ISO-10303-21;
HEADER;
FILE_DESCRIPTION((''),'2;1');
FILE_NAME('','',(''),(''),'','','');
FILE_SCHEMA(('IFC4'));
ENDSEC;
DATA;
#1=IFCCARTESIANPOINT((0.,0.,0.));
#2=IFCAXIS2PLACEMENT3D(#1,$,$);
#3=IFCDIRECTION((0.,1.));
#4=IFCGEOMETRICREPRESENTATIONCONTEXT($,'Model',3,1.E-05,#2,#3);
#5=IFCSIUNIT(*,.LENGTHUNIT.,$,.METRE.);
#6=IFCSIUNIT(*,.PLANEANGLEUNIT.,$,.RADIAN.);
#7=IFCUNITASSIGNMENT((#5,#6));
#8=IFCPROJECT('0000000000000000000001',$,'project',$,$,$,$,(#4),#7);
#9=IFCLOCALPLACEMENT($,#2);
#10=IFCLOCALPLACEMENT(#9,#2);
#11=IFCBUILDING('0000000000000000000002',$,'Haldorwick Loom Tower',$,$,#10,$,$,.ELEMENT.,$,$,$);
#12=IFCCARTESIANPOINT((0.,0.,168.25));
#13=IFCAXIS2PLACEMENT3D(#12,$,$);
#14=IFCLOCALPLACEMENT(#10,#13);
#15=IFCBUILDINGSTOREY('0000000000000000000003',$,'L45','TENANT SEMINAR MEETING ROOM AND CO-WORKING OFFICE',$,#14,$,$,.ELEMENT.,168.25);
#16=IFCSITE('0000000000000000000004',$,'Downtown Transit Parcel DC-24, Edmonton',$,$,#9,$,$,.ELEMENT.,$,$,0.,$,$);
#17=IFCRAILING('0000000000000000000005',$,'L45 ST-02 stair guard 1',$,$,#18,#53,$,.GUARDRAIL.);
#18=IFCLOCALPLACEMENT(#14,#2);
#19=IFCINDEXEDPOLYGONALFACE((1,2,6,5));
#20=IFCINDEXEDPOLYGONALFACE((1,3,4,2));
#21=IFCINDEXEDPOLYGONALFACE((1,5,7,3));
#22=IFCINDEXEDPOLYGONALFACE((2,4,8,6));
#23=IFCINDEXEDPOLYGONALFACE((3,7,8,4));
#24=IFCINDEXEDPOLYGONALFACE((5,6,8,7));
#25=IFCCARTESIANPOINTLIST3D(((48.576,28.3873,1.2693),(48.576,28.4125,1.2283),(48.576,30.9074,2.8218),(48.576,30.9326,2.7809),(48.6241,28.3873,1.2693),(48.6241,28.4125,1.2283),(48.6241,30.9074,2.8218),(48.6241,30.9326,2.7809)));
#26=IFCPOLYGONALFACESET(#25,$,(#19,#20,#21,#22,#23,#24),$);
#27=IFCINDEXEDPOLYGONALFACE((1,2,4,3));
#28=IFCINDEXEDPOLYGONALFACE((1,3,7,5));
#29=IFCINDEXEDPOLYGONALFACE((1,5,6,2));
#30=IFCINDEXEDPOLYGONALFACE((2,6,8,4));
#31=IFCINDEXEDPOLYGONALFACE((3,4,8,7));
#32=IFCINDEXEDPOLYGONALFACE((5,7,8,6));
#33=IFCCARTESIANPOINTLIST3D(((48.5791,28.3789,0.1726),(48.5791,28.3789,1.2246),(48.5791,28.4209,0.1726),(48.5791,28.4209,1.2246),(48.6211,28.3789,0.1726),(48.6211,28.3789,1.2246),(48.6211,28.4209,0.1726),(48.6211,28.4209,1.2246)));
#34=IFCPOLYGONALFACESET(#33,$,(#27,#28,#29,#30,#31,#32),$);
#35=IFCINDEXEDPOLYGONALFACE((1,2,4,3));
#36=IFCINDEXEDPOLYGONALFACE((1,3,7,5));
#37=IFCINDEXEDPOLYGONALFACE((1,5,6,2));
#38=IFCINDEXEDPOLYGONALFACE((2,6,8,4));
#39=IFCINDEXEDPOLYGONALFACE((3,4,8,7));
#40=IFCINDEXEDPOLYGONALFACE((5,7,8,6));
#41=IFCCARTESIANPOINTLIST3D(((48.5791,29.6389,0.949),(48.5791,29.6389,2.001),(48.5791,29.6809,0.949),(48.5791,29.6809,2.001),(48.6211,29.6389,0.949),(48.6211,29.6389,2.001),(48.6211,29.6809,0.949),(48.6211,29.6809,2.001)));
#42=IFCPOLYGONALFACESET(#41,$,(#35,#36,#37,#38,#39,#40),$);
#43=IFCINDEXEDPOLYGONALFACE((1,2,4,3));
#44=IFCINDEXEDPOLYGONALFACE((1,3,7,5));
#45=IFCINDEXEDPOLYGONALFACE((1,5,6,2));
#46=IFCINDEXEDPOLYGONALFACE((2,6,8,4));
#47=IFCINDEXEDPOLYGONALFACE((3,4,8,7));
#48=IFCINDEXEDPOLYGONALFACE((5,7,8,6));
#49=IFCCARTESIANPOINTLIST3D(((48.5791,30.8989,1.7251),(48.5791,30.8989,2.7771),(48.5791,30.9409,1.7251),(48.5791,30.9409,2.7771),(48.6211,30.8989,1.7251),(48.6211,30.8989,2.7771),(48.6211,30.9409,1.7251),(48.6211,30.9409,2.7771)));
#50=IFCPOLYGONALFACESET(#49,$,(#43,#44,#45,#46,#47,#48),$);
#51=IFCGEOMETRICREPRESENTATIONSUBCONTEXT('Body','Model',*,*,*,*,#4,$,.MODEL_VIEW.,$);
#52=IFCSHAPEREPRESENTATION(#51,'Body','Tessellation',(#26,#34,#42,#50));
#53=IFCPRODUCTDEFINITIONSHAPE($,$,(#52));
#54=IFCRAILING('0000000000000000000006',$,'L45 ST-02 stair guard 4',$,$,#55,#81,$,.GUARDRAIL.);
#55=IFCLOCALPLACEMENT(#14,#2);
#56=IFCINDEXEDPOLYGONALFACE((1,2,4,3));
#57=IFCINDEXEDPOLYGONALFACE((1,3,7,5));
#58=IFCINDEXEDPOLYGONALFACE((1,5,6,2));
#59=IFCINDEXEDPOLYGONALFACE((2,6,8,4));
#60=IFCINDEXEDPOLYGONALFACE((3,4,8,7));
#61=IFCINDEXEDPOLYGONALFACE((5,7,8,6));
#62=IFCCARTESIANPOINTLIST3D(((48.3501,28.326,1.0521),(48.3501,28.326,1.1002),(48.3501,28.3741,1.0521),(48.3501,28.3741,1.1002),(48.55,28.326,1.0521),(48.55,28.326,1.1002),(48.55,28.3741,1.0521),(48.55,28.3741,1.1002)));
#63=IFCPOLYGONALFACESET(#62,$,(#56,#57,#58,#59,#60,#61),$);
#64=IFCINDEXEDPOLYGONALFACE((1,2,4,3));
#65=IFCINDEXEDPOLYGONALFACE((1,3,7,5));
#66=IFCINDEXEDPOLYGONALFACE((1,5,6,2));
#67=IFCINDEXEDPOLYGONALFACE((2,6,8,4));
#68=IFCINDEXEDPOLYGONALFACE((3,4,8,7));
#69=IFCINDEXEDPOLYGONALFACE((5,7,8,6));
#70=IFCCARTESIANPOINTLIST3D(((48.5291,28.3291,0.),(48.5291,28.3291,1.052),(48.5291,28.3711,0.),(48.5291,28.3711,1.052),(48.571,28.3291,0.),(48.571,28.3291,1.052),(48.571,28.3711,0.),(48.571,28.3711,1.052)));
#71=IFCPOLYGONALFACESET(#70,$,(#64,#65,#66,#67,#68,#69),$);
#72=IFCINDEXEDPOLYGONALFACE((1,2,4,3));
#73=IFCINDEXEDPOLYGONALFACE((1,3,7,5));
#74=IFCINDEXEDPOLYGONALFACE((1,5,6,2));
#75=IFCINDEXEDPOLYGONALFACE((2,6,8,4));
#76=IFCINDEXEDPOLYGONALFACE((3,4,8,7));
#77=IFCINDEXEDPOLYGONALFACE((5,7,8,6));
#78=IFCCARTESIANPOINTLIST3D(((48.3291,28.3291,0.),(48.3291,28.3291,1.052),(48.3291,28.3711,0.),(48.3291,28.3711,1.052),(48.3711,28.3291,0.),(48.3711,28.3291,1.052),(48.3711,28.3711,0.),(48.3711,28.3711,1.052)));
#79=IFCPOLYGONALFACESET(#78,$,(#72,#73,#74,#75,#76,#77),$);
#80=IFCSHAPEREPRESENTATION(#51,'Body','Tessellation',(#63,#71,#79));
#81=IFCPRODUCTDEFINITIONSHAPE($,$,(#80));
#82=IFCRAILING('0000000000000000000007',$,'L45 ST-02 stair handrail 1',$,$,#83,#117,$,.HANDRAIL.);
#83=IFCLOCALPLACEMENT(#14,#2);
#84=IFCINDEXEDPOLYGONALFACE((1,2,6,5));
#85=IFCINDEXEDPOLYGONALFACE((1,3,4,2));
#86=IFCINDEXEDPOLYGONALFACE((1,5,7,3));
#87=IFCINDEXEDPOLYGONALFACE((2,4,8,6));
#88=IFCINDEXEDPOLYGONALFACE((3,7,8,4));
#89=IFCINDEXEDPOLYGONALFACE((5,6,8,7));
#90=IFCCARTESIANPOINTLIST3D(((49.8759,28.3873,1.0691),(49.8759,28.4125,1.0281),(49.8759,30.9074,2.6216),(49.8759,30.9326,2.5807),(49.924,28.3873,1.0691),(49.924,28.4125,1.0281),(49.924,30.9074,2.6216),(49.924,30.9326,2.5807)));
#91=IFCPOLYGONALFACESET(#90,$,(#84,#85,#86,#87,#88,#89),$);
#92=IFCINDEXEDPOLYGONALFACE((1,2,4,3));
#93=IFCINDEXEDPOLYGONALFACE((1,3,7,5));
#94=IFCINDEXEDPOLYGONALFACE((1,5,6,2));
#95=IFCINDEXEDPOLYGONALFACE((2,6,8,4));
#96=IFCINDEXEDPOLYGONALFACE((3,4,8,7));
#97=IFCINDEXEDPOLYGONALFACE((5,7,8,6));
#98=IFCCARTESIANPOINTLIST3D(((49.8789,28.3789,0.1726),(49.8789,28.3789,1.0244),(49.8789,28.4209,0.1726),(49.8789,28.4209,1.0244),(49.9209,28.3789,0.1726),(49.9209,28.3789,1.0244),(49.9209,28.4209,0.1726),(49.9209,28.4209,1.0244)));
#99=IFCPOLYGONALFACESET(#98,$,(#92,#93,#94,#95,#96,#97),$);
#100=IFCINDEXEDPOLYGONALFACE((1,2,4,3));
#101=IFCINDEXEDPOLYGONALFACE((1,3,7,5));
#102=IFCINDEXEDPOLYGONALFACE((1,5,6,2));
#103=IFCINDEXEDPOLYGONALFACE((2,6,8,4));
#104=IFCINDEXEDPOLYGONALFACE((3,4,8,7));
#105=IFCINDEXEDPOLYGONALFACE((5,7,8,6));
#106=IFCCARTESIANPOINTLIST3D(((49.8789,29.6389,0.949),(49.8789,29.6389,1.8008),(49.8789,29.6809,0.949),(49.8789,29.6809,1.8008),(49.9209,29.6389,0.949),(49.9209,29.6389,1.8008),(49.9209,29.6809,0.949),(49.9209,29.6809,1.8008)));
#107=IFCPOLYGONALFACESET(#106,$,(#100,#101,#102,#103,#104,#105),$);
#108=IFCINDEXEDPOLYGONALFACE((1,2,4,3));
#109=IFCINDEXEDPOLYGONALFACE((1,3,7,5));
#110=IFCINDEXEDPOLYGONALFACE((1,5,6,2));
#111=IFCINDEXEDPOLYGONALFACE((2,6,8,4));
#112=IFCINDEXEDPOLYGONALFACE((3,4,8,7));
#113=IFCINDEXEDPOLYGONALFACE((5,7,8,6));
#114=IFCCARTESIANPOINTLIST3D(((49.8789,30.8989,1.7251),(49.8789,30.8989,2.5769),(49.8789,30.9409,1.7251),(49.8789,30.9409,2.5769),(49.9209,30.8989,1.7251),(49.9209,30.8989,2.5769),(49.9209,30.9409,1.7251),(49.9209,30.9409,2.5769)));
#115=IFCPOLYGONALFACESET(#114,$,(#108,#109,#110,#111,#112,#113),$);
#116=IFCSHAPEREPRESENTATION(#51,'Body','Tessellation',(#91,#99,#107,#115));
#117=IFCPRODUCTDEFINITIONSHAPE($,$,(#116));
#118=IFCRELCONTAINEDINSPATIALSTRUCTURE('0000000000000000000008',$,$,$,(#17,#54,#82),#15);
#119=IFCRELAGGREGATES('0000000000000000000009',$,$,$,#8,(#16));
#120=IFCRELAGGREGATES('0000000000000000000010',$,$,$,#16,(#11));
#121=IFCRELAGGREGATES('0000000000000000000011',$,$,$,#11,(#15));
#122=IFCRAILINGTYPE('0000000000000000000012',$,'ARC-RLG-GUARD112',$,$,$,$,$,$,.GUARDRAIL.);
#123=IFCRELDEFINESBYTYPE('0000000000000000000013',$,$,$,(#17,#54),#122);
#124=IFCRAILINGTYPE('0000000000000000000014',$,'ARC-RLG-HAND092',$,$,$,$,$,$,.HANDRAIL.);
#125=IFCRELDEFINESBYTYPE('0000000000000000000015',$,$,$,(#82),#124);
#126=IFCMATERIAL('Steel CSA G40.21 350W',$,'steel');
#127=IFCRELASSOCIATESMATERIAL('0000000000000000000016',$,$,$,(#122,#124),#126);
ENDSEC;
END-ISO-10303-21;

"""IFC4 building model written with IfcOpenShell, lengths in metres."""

from ifc_helpers import new_model, si_unit, direction, frame, origin, origin_2d, place, context, subcontext, project, spatial, rectangle, extrude, material, type_object, element, save


model = new_model("IFC4")

# Units and contexts
model_context = context("Model", 3, precision=1e-05, world=origin(), true_north=direction((0.0, 1.0)))
body_context = subcontext(model_context, "Body", "Model", "MODEL_VIEW")
ifc_project = project(units=[si_unit("LENGTHUNIT", "METRE"), si_unit("PLANEANGLEUNIT", "RADIAN")], contexts=[model_context])

# Site, building, storey
site_placement = place(None, origin())
site = spatial("IfcSite", under=ifc_project, at=site_placement, Name="Downtown Transit Parcel DC-24, Edmonton", CompositionType="ELEMENT", RefElevation=0.0)
building_placement = place(site_placement, origin())
building = spatial("IfcBuilding", under=site, at=building_placement, Name="Haldorwick Loom Tower", CompositionType="ELEMENT")
storey_placement = place(building_placement, frame((0.0, 0.0, 168.25)))
storey = spatial("IfcBuildingStorey", under=building, at=storey_placement, Name="L45", Description="TENANT SEMINAR MEETING ROOM AND CO-WORKING OFFICE", CompositionType="ELEMENT", Elevation=168.25)

# Shared definitions
ifc_material_1 = material(Name="Steel CSA G40.21 350W", Category="steel")

# Railings
railing_type_1 = type_object("IfcRailingType", Name="ARC-RLG-GUARD112", PredefinedType="GUARDRAIL", material=ifc_material_1)
railing_1_placement = place(storey_placement, frame((48.6001, 28.3999, 0.1726)))
element("IfcRailing", 1, at=railing_1_placement, inside=storey, type_object=railing_type_1, Name="L45 ST-02 stair guard 1", PredefinedType="GUARDRAIL", context=body_context, shape_type="SweptSolid", body=[
    extrude(rectangle(XDim=0.0481, YDim=0.0481, at=origin_2d()), frame((0.0, 0.0, 1.0762), z_axis=(0.0, 0.8514, 0.524516), x_axis=(-1.0, 0.0, 0.0)), (0.0, 0.0, 1.0), 2.96),
    extrude(rectangle(XDim=0.042, YDim=0.042, at=origin_2d()), origin(), (0.0, 0.0, 1.0), 1.052),
    extrude(rectangle(XDim=0.042, YDim=0.042, at=origin_2d()), frame((0.0, 1.26, 0.7764)), (0.0, 0.0, 1.0), 1.052),
    extrude(rectangle(XDim=0.042, YDim=0.042, at=origin_2d()), frame((0.0, 2.52, 1.5525)), (0.0, 0.0, 1.0), 1.052),
])
railing_2_placement = place(storey_placement, frame((48.55, 28.3501, 0.0)))
element("IfcRailing", 2, at=railing_2_placement, inside=storey, type_object=railing_type_1, Name="L45 ST-02 stair guard 4", PredefinedType="GUARDRAIL", context=body_context, shape_type="SweptSolid", body=[
    extrude(rectangle(XDim=0.0481, YDim=0.0481, at=origin_2d()), frame((0.0, 0.0, 1.0762), z_axis=(-1.0, 0.0, 0.0), x_axis=(0.0, -1.0, 0.0)), (0.0, 0.0, 1.0), 0.2),
    extrude(rectangle(XDim=0.042, YDim=0.042, at=origin_2d()), origin(), (0.0, 0.0, 1.0), 1.052),
    extrude(rectangle(XDim=0.042, YDim=0.042, at=origin_2d()), frame((-0.2, 0.0, 0.0)), (0.0, 0.0, 1.0), 1.052),
])
railing_type_2 = type_object("IfcRailingType", Name="ARC-RLG-HAND092", PredefinedType="HANDRAIL", material=ifc_material_1)
railing_3_placement = place(storey_placement, frame((49.8999, 28.3999, 0.1726)))
element("IfcRailing", 3, at=railing_3_placement, inside=storey, type_object=railing_type_2, Name="L45 ST-02 stair handrail 1", PredefinedType="HANDRAIL", context=body_context, shape_type="SweptSolid", body=[
    extrude(rectangle(XDim=0.0481, YDim=0.0481, at=origin_2d()), frame((0.0, 0.0, 0.876), z_axis=(0.0, 0.8514, 0.524516), x_axis=(-1.0, 0.0, 0.0)), (0.0, 0.0, 1.0), 2.96),
    extrude(rectangle(XDim=0.042, YDim=0.042, at=origin_2d()), origin(), (0.0, 0.0, 1.0), 0.8518),
    extrude(rectangle(XDim=0.042, YDim=0.042, at=origin_2d()), frame((0.0, 1.26, 0.7764)), (0.0, 0.0, 1.0), 0.8518),
    extrude(rectangle(XDim=0.042, YDim=0.042, at=origin_2d()), frame((0.0, 2.52, 1.5525)), (0.0, 0.0, 1.0), 0.8518),
])

save(model, "model.ifc")
